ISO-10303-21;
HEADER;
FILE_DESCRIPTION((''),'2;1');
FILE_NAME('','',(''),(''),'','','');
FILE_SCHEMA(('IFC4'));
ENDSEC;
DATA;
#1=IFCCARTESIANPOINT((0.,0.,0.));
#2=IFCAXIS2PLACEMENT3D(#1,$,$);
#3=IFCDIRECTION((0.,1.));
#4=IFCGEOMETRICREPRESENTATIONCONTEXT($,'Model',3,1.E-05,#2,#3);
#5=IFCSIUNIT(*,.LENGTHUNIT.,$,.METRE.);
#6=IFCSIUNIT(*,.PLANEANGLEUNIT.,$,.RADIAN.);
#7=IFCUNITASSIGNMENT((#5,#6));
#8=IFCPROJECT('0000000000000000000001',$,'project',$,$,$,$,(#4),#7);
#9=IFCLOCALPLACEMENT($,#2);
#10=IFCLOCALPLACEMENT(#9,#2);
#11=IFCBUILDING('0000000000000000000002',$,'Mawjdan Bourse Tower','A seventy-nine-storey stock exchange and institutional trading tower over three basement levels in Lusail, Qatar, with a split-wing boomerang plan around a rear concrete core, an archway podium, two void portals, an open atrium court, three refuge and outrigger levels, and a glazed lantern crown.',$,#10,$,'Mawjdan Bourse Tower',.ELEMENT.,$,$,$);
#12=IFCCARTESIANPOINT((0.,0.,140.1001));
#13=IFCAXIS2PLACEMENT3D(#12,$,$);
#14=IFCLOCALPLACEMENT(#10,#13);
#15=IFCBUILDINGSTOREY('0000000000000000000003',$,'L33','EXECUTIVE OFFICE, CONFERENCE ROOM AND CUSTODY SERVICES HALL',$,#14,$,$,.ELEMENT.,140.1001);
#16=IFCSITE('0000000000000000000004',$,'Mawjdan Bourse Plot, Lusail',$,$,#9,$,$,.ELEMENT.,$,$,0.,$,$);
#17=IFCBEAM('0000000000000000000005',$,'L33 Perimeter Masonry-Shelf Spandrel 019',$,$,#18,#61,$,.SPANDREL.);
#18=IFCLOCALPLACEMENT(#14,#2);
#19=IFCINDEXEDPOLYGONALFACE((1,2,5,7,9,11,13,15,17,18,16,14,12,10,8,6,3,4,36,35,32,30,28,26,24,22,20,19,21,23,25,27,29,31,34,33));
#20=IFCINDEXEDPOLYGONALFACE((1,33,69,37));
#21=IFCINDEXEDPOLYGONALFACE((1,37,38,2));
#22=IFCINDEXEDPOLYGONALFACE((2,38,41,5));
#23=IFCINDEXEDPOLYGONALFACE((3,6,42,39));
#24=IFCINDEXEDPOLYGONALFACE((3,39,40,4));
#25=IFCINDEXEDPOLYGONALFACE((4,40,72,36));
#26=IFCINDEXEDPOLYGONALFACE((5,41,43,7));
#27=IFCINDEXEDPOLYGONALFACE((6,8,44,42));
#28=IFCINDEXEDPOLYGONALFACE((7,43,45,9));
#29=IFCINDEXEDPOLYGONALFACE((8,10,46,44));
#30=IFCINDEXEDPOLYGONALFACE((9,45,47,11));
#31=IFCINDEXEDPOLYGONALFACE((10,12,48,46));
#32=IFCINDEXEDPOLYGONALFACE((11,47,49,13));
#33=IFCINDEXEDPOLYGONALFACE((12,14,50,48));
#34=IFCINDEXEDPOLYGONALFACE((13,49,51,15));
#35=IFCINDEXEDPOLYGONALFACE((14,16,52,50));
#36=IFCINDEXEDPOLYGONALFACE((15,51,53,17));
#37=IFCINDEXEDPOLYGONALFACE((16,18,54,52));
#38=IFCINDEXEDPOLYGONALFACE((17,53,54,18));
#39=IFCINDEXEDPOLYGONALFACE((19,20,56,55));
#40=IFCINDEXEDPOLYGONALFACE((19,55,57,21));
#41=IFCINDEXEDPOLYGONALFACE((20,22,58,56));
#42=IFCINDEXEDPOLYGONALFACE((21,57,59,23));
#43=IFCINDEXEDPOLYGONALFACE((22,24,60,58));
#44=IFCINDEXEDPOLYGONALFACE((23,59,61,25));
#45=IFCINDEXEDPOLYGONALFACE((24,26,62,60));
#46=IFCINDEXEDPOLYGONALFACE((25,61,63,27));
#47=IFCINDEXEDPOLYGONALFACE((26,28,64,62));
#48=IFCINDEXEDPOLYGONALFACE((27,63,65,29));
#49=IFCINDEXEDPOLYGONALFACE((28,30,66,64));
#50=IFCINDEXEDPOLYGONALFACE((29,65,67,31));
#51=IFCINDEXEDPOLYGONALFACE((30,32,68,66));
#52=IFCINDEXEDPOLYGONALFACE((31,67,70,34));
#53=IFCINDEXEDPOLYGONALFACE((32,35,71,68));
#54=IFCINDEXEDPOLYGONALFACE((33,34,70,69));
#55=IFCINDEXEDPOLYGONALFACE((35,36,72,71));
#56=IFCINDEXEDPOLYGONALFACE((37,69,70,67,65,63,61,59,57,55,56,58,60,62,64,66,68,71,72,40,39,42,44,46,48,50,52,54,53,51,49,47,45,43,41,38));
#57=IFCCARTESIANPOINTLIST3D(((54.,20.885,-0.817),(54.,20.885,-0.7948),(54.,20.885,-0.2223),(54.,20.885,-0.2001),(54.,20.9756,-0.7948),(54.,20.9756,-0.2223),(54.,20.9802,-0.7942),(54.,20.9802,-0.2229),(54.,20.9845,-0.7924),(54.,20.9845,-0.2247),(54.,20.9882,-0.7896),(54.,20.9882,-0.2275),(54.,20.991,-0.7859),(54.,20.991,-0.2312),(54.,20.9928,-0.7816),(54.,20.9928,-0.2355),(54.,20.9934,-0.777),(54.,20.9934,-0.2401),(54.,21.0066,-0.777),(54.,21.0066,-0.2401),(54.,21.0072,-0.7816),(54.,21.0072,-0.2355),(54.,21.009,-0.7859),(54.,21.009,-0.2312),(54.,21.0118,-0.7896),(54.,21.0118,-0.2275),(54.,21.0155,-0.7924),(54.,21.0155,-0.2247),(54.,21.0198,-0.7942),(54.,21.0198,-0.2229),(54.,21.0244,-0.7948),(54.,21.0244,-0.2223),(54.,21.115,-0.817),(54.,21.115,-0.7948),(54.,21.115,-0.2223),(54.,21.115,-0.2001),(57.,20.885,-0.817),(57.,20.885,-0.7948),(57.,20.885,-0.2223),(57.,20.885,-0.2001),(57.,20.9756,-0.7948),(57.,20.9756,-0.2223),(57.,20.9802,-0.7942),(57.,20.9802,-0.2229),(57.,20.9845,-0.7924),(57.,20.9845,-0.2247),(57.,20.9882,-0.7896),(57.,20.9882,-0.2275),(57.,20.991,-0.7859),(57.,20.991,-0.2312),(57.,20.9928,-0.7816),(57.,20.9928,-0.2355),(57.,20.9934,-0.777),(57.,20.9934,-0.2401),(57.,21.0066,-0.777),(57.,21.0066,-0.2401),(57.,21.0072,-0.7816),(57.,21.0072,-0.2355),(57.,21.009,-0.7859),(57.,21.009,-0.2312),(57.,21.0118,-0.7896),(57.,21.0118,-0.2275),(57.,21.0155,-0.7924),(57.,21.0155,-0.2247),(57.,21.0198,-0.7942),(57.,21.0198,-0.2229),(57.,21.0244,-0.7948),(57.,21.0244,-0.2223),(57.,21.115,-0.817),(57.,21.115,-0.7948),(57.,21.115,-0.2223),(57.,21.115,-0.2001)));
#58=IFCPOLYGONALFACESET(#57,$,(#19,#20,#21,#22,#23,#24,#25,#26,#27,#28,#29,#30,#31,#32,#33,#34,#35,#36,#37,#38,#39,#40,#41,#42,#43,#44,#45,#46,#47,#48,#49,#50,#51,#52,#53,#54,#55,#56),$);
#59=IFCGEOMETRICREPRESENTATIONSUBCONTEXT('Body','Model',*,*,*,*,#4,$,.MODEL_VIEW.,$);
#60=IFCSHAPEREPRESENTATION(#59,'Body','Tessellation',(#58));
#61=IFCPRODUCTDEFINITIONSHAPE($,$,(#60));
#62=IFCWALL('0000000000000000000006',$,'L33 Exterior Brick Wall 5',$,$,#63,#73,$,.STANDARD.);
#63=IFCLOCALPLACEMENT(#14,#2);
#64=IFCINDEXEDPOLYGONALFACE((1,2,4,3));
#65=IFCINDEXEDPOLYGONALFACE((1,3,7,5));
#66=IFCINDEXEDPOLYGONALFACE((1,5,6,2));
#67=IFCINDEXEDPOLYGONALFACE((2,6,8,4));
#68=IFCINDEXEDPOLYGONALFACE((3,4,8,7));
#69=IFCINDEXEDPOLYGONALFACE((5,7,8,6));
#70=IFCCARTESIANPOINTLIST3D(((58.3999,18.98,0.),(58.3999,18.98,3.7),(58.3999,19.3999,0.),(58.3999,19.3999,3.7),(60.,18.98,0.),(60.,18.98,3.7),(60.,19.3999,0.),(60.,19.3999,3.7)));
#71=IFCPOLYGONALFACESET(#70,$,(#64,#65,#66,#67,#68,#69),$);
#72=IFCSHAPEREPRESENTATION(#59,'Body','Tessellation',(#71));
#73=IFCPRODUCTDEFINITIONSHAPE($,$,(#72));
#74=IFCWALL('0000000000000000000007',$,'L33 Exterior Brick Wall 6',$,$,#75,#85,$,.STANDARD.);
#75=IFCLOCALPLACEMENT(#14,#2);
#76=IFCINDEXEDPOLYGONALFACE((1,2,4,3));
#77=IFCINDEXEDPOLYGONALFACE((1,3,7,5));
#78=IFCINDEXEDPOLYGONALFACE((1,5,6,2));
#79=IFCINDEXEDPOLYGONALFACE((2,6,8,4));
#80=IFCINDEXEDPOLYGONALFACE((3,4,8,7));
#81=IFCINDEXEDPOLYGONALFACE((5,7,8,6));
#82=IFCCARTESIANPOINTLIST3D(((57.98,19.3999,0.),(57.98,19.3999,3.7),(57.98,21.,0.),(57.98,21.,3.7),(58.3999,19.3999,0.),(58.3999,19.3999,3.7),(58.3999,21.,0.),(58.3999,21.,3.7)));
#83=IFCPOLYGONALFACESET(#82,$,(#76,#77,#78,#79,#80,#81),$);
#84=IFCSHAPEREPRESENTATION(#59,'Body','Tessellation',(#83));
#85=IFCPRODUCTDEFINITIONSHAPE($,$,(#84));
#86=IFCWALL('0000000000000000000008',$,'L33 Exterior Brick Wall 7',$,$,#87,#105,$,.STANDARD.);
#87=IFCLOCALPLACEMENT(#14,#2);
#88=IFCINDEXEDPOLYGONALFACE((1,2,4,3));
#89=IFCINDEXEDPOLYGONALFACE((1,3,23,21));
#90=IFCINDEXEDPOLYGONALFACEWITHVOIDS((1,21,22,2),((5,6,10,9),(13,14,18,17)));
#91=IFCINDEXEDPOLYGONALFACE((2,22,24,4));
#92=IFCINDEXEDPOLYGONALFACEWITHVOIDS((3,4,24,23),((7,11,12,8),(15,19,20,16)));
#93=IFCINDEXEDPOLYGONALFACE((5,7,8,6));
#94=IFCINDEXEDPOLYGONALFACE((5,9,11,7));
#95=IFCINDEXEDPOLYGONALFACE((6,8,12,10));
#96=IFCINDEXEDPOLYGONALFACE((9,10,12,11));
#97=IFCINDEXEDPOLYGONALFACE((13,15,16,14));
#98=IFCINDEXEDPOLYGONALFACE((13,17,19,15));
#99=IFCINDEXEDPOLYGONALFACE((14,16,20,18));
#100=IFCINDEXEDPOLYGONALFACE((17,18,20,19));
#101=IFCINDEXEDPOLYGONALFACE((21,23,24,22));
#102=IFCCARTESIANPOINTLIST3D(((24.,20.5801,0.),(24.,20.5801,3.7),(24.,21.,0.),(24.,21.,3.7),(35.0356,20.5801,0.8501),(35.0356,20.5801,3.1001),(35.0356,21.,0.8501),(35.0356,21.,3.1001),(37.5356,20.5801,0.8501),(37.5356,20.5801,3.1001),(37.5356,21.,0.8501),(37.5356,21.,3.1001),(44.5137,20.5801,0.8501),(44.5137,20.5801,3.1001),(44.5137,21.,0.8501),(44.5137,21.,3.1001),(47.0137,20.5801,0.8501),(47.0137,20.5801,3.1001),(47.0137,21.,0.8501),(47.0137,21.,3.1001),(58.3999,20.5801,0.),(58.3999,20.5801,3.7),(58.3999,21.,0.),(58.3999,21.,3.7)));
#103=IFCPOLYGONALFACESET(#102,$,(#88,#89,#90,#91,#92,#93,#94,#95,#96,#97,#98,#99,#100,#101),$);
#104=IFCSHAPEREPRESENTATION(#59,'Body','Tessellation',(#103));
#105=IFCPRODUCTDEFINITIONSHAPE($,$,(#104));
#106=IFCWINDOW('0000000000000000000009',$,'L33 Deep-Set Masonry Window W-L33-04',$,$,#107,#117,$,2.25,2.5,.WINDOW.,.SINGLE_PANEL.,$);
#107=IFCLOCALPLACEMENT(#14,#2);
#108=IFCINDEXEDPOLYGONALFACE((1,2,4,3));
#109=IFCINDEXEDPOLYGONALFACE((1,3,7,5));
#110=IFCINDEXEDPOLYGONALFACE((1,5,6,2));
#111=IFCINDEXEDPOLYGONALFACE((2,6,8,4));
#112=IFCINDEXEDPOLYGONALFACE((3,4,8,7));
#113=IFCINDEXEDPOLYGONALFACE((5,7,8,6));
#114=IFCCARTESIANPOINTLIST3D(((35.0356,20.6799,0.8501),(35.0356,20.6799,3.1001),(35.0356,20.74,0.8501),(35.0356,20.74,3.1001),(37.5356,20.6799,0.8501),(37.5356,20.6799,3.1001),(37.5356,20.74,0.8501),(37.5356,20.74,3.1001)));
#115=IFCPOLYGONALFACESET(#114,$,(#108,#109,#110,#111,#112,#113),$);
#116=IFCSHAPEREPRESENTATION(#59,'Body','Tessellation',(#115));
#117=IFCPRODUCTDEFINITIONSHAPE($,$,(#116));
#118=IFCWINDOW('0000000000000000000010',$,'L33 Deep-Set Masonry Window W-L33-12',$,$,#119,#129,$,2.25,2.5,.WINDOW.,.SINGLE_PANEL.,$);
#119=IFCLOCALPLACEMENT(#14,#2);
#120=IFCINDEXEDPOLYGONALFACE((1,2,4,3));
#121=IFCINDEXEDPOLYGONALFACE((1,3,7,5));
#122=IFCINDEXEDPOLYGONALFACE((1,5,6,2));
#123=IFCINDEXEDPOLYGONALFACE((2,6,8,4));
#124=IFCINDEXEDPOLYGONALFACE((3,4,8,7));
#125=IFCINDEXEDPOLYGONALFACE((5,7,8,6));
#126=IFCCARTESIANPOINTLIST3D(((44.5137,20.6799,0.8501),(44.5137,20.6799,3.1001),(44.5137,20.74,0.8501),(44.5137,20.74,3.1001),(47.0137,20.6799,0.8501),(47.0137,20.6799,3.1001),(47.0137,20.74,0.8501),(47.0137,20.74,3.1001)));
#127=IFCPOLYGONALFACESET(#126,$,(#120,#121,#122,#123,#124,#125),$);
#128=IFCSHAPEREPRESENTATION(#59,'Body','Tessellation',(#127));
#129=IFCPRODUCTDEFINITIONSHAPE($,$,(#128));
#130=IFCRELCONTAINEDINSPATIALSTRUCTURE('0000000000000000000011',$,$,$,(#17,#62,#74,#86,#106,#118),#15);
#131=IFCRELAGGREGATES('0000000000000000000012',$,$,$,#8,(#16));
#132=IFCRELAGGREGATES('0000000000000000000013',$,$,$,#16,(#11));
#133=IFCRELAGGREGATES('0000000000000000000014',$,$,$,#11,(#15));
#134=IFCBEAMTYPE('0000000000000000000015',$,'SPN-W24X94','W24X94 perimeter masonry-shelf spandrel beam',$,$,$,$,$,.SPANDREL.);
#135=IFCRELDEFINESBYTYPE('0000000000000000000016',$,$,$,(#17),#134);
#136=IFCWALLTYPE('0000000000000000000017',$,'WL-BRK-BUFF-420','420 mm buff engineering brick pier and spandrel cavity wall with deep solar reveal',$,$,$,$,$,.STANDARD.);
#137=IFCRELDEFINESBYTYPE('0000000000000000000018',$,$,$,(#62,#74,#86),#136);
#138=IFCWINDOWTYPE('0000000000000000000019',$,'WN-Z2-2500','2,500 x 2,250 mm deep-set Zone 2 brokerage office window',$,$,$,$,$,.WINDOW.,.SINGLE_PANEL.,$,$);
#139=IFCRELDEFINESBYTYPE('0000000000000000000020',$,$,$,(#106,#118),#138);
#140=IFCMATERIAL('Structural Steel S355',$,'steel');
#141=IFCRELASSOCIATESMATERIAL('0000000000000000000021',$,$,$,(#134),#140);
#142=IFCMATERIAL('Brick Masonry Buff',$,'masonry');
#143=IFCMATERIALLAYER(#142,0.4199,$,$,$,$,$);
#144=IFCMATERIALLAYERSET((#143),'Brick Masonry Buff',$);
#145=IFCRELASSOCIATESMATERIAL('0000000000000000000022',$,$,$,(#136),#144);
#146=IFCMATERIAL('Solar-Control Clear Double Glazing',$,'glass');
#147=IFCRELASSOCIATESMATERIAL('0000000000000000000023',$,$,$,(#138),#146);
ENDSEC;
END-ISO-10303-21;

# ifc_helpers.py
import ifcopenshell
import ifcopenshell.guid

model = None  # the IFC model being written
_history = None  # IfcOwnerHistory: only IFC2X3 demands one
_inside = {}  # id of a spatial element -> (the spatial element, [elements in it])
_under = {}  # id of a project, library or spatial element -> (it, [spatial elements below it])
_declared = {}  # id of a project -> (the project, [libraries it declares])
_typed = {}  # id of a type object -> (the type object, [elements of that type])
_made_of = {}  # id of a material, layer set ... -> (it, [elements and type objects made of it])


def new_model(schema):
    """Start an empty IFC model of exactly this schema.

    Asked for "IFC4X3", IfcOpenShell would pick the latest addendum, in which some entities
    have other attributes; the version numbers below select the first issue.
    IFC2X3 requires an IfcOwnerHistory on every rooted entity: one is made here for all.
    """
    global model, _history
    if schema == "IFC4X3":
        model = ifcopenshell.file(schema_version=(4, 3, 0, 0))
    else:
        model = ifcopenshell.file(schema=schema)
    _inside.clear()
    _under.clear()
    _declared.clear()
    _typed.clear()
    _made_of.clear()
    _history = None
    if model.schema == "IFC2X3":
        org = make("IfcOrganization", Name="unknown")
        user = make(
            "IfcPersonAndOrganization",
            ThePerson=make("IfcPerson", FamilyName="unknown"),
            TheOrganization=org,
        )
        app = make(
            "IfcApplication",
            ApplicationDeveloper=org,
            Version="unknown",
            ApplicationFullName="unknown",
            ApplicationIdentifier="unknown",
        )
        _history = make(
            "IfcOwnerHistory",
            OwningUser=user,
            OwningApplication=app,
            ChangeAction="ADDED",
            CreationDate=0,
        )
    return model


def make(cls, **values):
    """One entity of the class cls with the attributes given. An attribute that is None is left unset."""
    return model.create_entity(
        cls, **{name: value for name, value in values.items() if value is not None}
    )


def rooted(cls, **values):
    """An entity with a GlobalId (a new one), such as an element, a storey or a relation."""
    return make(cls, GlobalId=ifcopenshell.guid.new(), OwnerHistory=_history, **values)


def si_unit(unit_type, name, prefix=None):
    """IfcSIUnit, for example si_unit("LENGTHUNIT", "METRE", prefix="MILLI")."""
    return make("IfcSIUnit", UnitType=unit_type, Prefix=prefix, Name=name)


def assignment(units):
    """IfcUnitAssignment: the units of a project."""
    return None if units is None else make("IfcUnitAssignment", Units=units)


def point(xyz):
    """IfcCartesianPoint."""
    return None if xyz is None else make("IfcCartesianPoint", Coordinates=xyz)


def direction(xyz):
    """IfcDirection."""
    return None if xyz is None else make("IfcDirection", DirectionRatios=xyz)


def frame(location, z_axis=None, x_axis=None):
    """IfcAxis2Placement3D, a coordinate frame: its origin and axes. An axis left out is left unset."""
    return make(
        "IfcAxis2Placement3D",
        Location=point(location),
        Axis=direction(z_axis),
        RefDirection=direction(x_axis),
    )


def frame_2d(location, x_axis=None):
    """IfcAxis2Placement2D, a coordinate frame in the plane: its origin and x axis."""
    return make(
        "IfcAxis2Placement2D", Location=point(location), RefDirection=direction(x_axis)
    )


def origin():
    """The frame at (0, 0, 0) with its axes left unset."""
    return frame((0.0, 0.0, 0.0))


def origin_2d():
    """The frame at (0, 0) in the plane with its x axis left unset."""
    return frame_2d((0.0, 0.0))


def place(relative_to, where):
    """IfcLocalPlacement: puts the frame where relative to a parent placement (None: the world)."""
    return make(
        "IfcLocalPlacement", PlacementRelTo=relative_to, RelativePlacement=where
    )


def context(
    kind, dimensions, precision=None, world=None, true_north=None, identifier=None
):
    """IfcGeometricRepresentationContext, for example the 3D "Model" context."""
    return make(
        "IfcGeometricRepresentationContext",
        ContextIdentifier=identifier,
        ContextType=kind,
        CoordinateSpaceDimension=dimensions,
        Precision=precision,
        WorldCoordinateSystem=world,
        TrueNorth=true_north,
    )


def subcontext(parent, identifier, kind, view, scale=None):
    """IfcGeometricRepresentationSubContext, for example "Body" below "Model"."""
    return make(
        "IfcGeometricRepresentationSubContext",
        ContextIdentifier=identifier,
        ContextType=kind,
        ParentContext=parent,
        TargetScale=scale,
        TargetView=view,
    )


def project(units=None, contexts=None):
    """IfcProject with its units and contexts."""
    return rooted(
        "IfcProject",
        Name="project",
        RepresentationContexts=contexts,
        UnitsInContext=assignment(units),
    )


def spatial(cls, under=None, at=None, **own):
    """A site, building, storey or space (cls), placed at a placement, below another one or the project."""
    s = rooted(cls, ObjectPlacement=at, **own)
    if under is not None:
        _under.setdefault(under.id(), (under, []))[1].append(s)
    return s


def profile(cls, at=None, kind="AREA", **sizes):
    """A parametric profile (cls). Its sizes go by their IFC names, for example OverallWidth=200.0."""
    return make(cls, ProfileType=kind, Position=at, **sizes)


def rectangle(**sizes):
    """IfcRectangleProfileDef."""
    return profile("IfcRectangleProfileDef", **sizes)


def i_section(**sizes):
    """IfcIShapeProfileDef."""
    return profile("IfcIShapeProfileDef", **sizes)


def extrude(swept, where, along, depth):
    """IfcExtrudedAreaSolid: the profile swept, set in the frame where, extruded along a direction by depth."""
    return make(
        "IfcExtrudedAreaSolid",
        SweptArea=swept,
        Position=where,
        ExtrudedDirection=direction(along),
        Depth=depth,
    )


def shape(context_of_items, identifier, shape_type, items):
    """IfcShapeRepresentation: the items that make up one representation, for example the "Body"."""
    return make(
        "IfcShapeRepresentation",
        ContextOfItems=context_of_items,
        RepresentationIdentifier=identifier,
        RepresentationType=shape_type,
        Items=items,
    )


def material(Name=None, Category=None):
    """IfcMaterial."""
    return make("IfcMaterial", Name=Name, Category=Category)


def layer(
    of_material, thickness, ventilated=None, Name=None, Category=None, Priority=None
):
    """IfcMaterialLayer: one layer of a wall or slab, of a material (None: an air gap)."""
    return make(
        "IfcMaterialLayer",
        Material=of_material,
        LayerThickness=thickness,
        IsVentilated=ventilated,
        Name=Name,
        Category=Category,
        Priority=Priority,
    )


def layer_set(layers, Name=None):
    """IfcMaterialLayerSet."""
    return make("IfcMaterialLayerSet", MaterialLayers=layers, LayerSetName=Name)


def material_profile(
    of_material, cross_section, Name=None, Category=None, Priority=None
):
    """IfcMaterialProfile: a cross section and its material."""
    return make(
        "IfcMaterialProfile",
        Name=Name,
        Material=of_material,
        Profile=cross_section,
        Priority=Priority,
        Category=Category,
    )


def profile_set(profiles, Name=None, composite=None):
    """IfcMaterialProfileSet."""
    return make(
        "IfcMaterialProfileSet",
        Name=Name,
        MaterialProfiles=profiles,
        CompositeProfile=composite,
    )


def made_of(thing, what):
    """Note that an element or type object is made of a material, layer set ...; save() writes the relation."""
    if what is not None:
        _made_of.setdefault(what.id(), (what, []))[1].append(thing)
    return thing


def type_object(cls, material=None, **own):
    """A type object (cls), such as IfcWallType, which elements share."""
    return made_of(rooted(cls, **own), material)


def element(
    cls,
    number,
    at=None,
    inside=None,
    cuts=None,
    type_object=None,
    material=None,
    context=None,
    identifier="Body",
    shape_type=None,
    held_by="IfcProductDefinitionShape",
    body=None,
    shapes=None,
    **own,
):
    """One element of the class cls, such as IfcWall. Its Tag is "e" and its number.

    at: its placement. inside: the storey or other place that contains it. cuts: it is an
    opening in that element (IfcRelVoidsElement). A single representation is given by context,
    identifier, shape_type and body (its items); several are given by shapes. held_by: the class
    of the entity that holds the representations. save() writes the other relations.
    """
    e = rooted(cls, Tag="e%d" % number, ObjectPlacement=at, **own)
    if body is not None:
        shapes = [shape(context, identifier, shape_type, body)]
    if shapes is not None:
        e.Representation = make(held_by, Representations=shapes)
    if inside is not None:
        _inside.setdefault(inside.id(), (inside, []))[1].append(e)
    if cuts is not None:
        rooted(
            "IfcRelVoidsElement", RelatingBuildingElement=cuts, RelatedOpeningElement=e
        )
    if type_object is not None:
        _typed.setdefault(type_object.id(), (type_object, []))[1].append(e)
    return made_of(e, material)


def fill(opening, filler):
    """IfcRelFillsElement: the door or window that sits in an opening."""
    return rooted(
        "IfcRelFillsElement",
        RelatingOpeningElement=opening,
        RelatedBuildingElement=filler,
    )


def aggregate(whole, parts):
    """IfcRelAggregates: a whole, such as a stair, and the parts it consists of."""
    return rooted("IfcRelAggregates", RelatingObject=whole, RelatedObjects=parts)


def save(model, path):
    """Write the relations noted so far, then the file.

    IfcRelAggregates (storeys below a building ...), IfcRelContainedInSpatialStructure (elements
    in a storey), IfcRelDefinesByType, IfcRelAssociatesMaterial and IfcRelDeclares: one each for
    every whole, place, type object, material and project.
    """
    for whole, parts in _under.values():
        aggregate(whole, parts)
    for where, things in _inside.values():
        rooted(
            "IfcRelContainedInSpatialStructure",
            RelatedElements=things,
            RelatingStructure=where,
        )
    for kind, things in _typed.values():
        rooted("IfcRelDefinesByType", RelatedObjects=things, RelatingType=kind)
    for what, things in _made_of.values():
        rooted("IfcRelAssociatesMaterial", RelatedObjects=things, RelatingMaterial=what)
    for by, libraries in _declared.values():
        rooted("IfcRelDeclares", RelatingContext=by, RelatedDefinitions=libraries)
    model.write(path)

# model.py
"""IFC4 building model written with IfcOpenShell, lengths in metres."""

from ifc_helpers import new_model, si_unit, direction, frame, frame_2d, origin, origin_2d, place, context, subcontext, project, spatial, rectangle, i_section, extrude, material, layer, layer_set, material_profile, profile_set, type_object, element, fill, save


model = new_model("IFC4")

# Units and contexts
model_context = context("Model", 3, precision=1e-05, world=origin(), true_north=direction((0.0, 1.0)))
body_context = subcontext(model_context, "Body", "Model", "MODEL_VIEW")
ifc_project = project(units=[si_unit("LENGTHUNIT", "METRE"), si_unit("PLANEANGLEUNIT", "RADIAN")], contexts=[model_context])

# Site, building, storey
site_placement = place(None, origin())
site = spatial("IfcSite", under=ifc_project, at=site_placement, Name="Mawjdan Bourse Plot, Lusail", CompositionType="ELEMENT", RefElevation=0.0)
building_placement = place(site_placement, origin())
building = spatial("IfcBuilding", under=site, at=building_placement, Name="Mawjdan Bourse Tower", Description="A seventy-nine-storey stock exchange and institutional trading tower over three basement levels in Lusail, Qatar, with a split-wing boomerang plan around a rear concrete core, an archway podium, two void portals, an open atrium court, three refuge and outrigger levels, and a glazed lantern crown.", LongName="Mawjdan Bourse Tower", CompositionType="ELEMENT")
storey_placement = place(building_placement, frame((0.0, 0.0, 140.1001)))
storey = spatial("IfcBuildingStorey", under=building, at=storey_placement, Name="L33", Description="EXECUTIVE OFFICE, CONFERENCE ROOM AND CUSTODY SERVICES HALL", CompositionType="ELEMENT", Elevation=140.1001)

# Beam
ifc_material_1 = material(Name="Structural Steel S355", Category="steel")
ifc_material_profile_1 = material_profile(ifc_material_1, i_section(OverallWidth=0.23, OverallDepth=0.6169, WebThickness=0.0132, FlangeThickness=0.0222, FilletRadius=0.0178, at=origin_2d()), Name="W24X94")
ifc_profile_set_1 = profile_set([ifc_material_profile_1], Name="Structural Steel S355")
beam_type_1 = type_object("IfcBeamType", Name="SPN-W24X94", Description="W24X94 perimeter masonry-shelf spandrel beam", PredefinedType="SPANDREL", material=ifc_profile_set_1)
for number, where, z_axis, x_axis, name in (
    (1, (54.0, 21.0, -0.5085), (1.0, 0.0, 0.0), (0.0, 1.0, 0.0), "L33 Perimeter Masonry-Shelf Spandrel 019"),
):
    element("IfcBeam", number, at=place(storey_placement, frame(where, z_axis=z_axis, x_axis=x_axis)), inside=storey, type_object=beam_type_1, Name=name, PredefinedType="SPANDREL", context=body_context, shape_type="SweptSolid", body=[
        extrude(i_section(OverallWidth=0.23, OverallDepth=0.6169, WebThickness=0.0132, FlangeThickness=0.0222, FilletRadius=0.0178, at=origin_2d()), origin(), (0.0, 0.0, 1.0), 3.0),
    ])

# Walls
ifc_material_2 = material(Name="Brick Masonry Buff", Category="masonry")
ifc_layer_1 = layer(ifc_material_2, 0.4199)
ifc_layer_set_1 = layer_set([ifc_layer_1], Name="Brick Masonry Buff")
wall_type_1 = type_object("IfcWallType", Name="WL-BRK-BUFF-420", Description="420 mm buff engineering brick pier and spandrel cavity wall with deep solar reveal", PredefinedType="STANDARD", material=ifc_layer_set_1)
for number, where, z_axis, x_axis, name in (
    (2, (60.0, 19.1899, 0.0), (0.0, 0.0, 1.0), (-1.0, 0.0, 0.0), "L33 Exterior Brick Wall 5"),
    (3, (58.1899, 19.3999, 0.0), (0.0, 0.0, 1.0), (0.0, 1.0, 0.0), "L33 Exterior Brick Wall 6"),
):
    element("IfcWall", number, at=place(storey_placement, frame(where, z_axis=z_axis, x_axis=x_axis)), inside=storey, type_object=wall_type_1, Name=name, PredefinedType="STANDARD", context=body_context, shape_type="SweptSolid", body=[
        extrude(rectangle(XDim=1.6001, YDim=0.4199, at=frame_2d((0.8, 0.0))), origin(), (0.0, 0.0, 1.0), 3.7),
    ])

# Wall, openings, windows
wall_1_placement = place(storey_placement, frame((58.3999, 20.79, 0.0), z_axis=(0.0, 0.0, 1.0), x_axis=(-1.0, 0.0, 0.0)))
wall_1 = element("IfcWall", 4, at=wall_1_placement, inside=storey, type_object=wall_type_1, Name="L33 Exterior Brick Wall 7", PredefinedType="STANDARD", context=body_context, shape_type="SweptSolid", body=[
    extrude(rectangle(XDim=34.3999, YDim=0.4199, at=frame_2d((17.2, 0.0))), origin(), (0.0, 0.0, 1.0), 3.7),
])
opening_1_placement = place(wall_1_placement, frame((20.8643, 0.0, 0.8501)))
opening_1 = element("IfcOpeningElement", 5, at=opening_1_placement, cuts=wall_1, PredefinedType="OPENING", context=body_context, shape_type="SweptSolid", body=[
    extrude(rectangle(XDim=2.5, YDim=2.25, at=frame_2d((1.25, 1.125))), frame((0.0, 0.22, 0.0), z_axis=(0.0, -1.0, 0.0), x_axis=(1.0, 0.0, 0.0)), (0.0, 0.0, 1.0), 0.4399),
])
opening_2_placement = place(wall_1_placement, frame((11.3862, 0.0, 0.8501)))
opening_2 = element("IfcOpeningElement", 6, at=opening_2_placement, cuts=wall_1, PredefinedType="OPENING", context=body_context, shape_type="SweptSolid", body=[
    extrude(rectangle(XDim=2.5, YDim=2.25, at=frame_2d((1.25, 1.125))), frame((0.0, 0.22, 0.0), z_axis=(0.0, -1.0, 0.0), x_axis=(1.0, 0.0, 0.0)), (0.0, 0.0, 1.0), 0.4399),
])
ifc_material_3 = material(Name="Solar-Control Clear Double Glazing", Category="glass")
window_type = type_object("IfcWindowType", Name="WN-Z2-2500", Description="2,500 x 2,250 mm deep-set Zone 2 brokerage office window", PartitioningType="SINGLE_PANEL", PredefinedType="WINDOW", material=ifc_material_3)
window_1_placement = place(opening_1_placement, origin())
window_1 = element("IfcWindow", 7, at=window_1_placement, inside=storey, type_object=window_type, Name="L33 Deep-Set Masonry Window W-L33-04", OverallHeight=2.25, OverallWidth=2.5, PartitioningType="SINGLE_PANEL", PredefinedType="WINDOW", context=body_context, shape_type="SweptSolid", body=[
    extrude(rectangle(XDim=2.5, YDim=2.25, at=frame_2d((1.25, 1.125))), frame((0.0, 0.1101, 0.0), z_axis=(0.0, -1.0, 0.0), x_axis=(1.0, 0.0, 0.0)), (0.0, 0.0, 1.0), 0.0601),
])
fill(opening_1, window_1)
window_2_placement = place(opening_2_placement, origin())
window_2 = element("IfcWindow", 8, at=window_2_placement, inside=storey, type_object=window_type, Name="L33 Deep-Set Masonry Window W-L33-12", OverallHeight=2.25, OverallWidth=2.5, PartitioningType="SINGLE_PANEL", PredefinedType="WINDOW", context=body_context, shape_type="SweptSolid", body=[
    extrude(rectangle(XDim=2.5, YDim=2.25, at=frame_2d((1.25, 1.125))), frame((0.0, 0.1101, 0.0), z_axis=(0.0, -1.0, 0.0), x_axis=(1.0, 0.0, 0.0)), (0.0, 0.0, 1.0), 0.0601),
])
fill(opening_2, window_2)

save(model, "model.ifc")
